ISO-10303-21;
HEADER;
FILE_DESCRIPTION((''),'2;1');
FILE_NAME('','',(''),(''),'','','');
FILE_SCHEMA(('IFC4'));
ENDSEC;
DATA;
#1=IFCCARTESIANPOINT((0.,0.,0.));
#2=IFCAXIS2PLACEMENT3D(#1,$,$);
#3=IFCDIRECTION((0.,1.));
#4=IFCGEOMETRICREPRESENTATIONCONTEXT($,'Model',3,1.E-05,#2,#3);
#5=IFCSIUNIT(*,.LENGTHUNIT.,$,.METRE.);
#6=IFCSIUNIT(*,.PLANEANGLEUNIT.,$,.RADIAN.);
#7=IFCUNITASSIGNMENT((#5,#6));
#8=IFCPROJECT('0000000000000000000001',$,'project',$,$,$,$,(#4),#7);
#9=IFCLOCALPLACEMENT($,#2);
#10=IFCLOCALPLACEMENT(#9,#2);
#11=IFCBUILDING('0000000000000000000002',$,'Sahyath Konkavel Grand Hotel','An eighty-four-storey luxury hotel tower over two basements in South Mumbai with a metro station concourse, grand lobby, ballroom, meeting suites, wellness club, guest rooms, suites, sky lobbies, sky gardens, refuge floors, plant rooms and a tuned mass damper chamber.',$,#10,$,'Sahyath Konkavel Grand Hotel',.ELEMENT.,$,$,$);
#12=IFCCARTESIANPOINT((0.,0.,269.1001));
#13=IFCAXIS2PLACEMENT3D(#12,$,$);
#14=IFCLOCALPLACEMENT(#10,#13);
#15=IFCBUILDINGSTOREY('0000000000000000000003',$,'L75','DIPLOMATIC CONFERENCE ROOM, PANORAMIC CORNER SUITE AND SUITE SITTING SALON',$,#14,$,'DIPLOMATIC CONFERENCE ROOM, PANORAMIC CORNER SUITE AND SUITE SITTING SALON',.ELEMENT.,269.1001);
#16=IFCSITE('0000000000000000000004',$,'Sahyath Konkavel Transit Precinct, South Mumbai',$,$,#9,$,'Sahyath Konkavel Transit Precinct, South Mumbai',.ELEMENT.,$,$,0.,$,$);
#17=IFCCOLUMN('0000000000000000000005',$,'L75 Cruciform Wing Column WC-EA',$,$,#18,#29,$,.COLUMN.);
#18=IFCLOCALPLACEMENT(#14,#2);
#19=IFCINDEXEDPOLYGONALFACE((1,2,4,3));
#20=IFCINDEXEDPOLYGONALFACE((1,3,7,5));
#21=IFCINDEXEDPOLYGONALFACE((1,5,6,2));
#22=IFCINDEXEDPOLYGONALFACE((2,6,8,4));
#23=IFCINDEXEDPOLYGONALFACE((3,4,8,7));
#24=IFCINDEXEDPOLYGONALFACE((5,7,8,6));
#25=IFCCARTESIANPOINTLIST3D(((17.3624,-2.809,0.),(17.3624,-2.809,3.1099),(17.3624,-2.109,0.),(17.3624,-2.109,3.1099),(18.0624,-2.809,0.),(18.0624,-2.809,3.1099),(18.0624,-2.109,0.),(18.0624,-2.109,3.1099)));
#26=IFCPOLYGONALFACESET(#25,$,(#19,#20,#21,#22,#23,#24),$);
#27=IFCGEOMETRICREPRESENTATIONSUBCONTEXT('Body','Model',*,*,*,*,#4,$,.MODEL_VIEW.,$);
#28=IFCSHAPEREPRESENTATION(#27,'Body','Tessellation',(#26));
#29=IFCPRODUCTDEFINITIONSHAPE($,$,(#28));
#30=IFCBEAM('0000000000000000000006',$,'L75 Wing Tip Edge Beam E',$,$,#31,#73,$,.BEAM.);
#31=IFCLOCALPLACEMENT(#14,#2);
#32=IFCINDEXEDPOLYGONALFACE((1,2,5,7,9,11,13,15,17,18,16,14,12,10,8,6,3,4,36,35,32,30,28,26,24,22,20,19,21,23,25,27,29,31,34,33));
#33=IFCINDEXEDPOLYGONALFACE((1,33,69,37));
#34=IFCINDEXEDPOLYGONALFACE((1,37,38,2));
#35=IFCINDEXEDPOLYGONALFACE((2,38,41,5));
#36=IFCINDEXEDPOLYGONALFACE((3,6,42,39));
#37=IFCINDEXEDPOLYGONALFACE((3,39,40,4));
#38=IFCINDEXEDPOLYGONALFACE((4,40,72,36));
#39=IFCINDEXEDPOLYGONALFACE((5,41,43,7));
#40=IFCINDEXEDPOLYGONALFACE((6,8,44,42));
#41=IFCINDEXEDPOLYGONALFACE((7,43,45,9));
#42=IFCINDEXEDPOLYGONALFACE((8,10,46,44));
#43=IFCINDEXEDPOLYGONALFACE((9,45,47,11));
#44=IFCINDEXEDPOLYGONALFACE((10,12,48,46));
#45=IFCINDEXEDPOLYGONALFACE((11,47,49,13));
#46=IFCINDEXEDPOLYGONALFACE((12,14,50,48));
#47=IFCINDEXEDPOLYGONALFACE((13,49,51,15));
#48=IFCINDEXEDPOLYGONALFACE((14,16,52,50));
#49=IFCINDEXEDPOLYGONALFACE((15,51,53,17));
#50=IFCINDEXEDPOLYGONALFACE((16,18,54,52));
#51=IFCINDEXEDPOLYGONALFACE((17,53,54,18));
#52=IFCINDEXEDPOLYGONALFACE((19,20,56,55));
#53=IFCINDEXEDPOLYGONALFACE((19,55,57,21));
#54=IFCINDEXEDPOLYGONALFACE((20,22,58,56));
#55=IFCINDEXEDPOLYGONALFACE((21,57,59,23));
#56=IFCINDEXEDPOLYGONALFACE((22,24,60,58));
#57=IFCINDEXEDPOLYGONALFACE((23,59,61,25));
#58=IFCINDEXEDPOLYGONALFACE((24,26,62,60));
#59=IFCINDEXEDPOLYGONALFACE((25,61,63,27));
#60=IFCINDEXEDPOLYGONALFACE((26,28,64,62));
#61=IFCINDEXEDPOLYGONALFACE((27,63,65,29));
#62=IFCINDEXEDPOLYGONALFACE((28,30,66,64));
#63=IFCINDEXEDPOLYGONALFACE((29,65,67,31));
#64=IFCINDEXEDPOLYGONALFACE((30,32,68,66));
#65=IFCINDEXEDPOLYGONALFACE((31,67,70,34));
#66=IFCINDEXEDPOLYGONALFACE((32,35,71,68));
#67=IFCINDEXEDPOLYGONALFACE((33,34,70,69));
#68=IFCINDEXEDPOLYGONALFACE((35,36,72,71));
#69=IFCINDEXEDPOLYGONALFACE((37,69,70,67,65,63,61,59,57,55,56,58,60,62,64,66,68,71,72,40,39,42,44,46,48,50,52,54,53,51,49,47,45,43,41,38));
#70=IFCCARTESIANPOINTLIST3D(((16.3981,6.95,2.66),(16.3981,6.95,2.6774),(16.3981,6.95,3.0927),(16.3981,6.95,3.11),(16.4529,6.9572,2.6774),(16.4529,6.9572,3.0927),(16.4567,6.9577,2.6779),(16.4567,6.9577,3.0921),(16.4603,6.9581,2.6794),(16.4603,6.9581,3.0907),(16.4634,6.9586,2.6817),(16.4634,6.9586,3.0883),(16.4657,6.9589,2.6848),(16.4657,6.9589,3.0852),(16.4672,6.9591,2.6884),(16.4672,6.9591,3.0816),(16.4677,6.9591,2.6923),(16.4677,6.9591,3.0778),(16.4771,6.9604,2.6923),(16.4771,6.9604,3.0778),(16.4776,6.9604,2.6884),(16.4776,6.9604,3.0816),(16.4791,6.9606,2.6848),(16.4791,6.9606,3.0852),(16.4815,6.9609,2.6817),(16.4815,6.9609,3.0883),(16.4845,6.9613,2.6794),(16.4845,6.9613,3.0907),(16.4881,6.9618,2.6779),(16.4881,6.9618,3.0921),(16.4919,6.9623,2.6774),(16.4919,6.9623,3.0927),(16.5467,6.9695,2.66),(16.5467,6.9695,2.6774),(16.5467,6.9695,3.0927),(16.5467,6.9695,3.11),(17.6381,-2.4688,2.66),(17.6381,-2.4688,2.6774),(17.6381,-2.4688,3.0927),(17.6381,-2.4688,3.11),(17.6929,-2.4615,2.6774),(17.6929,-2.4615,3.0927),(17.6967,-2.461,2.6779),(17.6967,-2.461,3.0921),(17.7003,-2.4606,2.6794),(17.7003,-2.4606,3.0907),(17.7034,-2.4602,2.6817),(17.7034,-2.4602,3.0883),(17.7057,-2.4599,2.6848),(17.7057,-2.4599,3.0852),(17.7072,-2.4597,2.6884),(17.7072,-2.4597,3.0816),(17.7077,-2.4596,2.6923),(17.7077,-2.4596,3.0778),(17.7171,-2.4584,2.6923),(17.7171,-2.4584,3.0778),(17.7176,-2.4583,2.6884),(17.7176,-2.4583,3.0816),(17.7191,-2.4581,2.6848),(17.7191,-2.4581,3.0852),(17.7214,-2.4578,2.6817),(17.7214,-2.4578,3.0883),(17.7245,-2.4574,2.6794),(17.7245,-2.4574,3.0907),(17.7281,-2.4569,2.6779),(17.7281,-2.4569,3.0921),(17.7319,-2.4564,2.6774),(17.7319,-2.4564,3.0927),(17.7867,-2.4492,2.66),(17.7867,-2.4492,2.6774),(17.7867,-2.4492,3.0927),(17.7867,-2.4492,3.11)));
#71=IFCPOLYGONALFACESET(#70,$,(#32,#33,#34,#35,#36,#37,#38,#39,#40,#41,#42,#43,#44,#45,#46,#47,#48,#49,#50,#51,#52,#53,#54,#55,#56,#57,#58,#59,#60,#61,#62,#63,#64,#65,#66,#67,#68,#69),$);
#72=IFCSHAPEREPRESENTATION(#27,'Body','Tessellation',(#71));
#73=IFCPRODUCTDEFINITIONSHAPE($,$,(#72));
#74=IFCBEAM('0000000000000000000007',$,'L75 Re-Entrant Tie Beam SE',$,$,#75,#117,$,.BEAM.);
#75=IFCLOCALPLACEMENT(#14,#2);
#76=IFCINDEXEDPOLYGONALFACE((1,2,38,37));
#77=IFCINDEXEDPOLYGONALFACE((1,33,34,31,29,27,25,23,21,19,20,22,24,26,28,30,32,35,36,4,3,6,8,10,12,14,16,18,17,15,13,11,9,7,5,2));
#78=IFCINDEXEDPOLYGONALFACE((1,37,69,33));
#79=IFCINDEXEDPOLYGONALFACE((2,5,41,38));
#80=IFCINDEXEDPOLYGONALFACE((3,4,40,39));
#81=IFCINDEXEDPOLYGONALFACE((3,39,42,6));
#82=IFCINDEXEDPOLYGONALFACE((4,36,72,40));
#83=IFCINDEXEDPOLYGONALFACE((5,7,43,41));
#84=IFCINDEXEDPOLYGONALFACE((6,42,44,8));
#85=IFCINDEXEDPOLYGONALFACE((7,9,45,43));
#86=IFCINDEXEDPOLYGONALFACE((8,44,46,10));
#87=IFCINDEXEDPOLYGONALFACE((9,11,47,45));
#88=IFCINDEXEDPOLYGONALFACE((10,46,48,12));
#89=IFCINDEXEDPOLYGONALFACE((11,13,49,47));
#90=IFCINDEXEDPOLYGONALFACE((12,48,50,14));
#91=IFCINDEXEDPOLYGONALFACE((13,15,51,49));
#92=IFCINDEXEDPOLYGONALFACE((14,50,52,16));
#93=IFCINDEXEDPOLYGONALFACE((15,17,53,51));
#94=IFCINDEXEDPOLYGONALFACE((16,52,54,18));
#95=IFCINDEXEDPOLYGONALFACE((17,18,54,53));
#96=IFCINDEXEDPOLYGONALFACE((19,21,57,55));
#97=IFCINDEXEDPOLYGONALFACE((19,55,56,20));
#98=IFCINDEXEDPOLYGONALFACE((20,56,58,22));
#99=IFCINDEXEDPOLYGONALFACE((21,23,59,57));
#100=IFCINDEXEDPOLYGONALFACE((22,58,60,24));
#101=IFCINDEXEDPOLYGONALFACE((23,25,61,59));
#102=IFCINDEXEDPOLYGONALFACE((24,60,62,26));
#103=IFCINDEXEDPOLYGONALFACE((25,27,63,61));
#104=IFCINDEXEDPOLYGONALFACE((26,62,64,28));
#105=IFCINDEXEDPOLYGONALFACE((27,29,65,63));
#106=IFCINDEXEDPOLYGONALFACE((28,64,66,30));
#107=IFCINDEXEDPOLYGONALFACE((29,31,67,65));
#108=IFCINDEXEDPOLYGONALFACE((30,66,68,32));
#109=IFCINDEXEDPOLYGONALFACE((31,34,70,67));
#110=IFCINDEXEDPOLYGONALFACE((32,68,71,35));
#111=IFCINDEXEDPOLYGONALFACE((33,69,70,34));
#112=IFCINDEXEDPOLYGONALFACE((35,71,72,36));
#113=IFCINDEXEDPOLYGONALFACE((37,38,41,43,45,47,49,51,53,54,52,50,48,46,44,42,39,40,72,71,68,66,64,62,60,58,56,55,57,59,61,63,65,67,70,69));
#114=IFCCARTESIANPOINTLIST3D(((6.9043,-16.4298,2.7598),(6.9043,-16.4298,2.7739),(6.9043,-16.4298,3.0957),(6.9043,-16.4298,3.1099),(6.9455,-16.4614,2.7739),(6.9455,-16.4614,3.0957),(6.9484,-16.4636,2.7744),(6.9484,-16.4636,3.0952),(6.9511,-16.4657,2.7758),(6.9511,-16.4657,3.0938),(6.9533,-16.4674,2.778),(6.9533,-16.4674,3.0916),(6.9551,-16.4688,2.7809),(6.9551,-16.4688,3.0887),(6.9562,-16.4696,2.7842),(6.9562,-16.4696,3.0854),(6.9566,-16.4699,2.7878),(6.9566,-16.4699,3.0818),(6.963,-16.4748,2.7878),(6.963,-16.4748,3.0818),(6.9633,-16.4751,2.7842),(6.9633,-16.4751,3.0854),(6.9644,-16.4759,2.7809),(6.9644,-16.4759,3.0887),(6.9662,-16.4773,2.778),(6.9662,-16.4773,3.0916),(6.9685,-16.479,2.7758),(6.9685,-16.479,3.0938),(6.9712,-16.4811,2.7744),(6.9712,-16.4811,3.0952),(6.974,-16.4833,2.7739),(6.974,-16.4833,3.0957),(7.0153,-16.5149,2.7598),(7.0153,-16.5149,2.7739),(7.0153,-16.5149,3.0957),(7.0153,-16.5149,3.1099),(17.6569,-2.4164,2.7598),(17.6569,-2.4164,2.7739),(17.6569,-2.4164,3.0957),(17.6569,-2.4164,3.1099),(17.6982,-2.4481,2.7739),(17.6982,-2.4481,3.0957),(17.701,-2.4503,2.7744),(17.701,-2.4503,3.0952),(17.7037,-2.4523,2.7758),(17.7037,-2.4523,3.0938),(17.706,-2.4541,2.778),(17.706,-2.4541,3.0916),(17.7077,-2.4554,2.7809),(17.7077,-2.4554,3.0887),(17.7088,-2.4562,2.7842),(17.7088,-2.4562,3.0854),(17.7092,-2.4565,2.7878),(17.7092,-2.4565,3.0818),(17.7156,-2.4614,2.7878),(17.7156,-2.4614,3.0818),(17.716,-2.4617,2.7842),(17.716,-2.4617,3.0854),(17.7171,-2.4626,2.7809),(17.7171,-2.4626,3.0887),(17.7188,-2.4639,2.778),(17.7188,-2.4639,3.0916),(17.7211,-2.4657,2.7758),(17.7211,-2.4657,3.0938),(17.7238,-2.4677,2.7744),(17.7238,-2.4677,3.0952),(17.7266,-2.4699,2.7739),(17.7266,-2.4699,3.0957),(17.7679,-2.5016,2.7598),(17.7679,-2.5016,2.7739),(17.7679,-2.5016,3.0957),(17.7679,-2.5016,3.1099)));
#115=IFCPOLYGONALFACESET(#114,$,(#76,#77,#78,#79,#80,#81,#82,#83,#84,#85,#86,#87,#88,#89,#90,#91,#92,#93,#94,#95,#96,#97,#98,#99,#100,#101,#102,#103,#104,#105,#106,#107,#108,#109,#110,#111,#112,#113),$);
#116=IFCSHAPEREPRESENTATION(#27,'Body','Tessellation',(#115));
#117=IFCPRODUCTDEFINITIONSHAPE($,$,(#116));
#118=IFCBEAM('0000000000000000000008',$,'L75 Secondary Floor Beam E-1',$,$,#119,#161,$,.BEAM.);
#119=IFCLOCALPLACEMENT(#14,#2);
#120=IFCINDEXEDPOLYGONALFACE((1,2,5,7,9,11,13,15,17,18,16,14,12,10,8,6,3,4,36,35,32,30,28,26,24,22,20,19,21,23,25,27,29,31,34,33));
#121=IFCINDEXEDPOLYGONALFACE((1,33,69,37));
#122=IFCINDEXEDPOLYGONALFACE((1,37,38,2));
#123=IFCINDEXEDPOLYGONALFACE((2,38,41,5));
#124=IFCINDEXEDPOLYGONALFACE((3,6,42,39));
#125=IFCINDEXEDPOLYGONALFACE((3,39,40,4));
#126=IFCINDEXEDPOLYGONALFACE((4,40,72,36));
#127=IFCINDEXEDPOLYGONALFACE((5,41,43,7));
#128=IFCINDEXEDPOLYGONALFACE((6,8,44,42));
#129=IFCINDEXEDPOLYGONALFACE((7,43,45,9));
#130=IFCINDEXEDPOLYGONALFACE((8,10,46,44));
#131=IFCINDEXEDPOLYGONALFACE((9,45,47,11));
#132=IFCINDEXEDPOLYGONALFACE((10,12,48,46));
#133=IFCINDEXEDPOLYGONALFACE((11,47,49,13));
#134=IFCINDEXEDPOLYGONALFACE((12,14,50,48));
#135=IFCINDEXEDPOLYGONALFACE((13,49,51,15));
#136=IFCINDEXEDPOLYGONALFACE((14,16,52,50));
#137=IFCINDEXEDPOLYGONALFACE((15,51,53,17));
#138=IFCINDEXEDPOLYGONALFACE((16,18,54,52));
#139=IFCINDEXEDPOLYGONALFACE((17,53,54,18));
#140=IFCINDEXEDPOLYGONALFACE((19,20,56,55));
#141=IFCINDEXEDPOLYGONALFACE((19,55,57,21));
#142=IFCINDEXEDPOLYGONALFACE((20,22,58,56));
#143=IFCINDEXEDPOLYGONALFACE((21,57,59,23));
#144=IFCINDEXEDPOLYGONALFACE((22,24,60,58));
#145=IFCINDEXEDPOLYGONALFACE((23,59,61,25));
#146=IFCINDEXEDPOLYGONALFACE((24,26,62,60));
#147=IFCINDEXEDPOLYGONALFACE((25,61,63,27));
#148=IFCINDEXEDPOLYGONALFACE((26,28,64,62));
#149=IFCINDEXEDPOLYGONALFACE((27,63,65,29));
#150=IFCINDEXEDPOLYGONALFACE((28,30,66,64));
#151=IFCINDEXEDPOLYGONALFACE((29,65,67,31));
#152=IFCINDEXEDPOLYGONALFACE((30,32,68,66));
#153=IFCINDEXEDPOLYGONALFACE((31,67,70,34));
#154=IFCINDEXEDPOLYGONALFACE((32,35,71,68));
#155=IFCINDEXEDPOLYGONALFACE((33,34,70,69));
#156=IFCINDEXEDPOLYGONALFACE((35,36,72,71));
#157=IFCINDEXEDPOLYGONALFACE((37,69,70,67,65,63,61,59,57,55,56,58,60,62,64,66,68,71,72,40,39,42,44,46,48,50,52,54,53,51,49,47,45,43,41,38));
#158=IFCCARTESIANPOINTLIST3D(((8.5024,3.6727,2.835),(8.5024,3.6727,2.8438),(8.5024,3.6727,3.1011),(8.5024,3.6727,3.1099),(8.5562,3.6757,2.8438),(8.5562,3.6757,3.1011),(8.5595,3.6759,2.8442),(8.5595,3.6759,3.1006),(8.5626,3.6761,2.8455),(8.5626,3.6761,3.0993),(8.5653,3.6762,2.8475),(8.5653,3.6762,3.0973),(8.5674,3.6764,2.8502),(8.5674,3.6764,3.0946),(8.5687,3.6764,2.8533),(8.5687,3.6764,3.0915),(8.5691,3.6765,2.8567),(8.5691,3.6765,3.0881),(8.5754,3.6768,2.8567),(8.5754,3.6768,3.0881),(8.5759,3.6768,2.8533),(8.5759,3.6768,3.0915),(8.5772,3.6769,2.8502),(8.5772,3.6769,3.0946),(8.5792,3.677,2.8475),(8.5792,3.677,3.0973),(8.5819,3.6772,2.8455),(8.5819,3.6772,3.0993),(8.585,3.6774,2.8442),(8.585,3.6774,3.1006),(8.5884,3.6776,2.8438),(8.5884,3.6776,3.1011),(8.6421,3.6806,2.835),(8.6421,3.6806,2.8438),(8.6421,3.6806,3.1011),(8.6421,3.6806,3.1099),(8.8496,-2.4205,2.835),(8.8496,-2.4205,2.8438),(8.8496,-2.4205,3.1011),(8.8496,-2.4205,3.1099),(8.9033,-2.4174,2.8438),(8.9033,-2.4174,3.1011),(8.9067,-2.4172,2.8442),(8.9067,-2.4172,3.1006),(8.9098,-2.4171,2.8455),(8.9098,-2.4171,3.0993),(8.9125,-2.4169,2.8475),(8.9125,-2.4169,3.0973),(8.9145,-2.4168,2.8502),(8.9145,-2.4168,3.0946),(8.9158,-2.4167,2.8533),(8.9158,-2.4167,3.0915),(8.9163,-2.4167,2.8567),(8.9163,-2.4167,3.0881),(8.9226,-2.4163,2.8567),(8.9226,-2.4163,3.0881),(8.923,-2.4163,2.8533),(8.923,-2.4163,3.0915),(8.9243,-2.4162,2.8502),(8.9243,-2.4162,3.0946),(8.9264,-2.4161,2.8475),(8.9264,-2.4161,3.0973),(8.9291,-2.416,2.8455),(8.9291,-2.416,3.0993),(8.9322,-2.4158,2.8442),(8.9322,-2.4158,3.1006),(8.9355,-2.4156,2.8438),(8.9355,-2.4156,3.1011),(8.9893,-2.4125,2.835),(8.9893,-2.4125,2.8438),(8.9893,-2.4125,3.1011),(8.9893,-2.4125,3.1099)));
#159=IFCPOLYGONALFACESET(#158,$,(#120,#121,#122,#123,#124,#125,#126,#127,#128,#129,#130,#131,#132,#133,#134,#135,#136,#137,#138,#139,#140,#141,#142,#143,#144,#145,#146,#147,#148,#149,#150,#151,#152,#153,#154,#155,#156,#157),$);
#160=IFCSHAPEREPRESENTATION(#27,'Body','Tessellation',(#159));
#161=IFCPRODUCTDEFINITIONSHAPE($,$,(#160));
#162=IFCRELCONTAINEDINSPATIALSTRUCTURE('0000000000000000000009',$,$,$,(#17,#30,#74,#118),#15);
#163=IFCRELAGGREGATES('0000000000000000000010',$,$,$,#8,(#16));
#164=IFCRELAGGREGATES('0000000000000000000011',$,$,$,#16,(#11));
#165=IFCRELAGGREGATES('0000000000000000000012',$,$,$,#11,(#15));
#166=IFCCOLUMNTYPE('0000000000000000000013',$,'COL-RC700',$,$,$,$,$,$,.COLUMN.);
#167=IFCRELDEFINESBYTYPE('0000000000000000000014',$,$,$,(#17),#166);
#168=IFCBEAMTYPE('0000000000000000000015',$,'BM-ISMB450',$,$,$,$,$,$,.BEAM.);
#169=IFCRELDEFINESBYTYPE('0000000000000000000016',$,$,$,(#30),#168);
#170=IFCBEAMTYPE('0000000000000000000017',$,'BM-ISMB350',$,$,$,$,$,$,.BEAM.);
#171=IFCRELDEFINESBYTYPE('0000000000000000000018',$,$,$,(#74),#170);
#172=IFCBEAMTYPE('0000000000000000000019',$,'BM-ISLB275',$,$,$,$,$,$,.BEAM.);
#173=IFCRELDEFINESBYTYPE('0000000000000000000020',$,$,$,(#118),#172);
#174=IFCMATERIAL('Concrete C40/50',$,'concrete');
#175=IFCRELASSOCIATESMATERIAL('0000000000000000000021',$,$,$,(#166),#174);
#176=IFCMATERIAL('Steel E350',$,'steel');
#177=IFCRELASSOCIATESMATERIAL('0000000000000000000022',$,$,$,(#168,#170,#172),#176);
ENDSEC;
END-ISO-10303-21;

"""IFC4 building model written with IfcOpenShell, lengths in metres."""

from ifc_helpers import new_model, si_unit, direction, frame, origin, origin_2d, place, context, subcontext, project, spatial, rectangle, i_section, extrude, source, transform, mapped, material, material_profile, profile_set, type_object, element, save


model = new_model("IFC4")

# Units and contexts
model_context = context("Model", 3, precision=1e-05, world=origin(), true_north=direction((0.0, 1.0)))
body_context = subcontext(model_context, "Body", "Model", "MODEL_VIEW")
ifc_project = project(units=[si_unit("LENGTHUNIT", "METRE"), si_unit("PLANEANGLEUNIT", "RADIAN")], contexts=[model_context])

# Site, building, storey
site_placement = place(None, origin())
site = spatial("IfcSite", under=ifc_project, at=site_placement, Name="Sahyath Konkavel Transit Precinct, South Mumbai", LongName="Sahyath Konkavel Transit Precinct, South Mumbai", CompositionType="ELEMENT", RefElevation=0.0)
building_placement = place(site_placement, origin())
building = spatial("IfcBuilding", under=site, at=building_placement, Name="Sahyath Konkavel Grand Hotel", Description="An eighty-four-storey luxury hotel tower over two basements in South Mumbai with a metro station concourse, grand lobby, ballroom, meeting suites, wellness club, guest rooms, suites, sky lobbies, sky gardens, refuge floors, plant rooms and a tuned mass damper chamber.", LongName="Sahyath Konkavel Grand Hotel", CompositionType="ELEMENT")
storey_placement = place(building_placement, frame((0.0, 0.0, 269.1001)))
storey = spatial("IfcBuildingStorey", under=building, at=storey_placement, Name="L75", Description="DIPLOMATIC CONFERENCE ROOM, PANORAMIC CORNER SUITE AND SUITE SITTING SALON", LongName="DIPLOMATIC CONFERENCE ROOM, PANORAMIC CORNER SUITE AND SUITE SITTING SALON", CompositionType="ELEMENT", Elevation=269.1001)

# Column
ifc_material_1 = material(Name="Concrete C40/50", Category="concrete")
ifc_material_profile_1 = material_profile(ifc_material_1, rectangle(XDim=0.7, YDim=0.7, at=origin_2d()), Name="RC 700x700")
ifc_profile_set_1 = profile_set([ifc_material_profile_1], Name="Concrete C40/50")
column_type = type_object("IfcColumnType", Name="COL-RC700", PredefinedType="COLUMN", material=ifc_profile_set_1)
shared_shape_1 = source(origin(), body_context, "Body", "SweptSolid", [
    extrude(rectangle(XDim=0.7, YDim=0.7, at=origin_2d()), origin(), (0.0, 0.0, 1.0), 3.1099),
])
column_placement = place(storey_placement, frame((17.7124, -2.459, 0.0), z_axis=(0.0, 0.0, 1.0), x_axis=(1.0, 0.0, 0.0)))
element("IfcColumn", 1, at=column_placement, inside=storey, type_object=column_type, Name="L75 Cruciform Wing Column WC-EA", PredefinedType="COLUMN", context=body_context, shape_type="MappedRepresentation", body=[
    mapped(shared_shape_1, transform((0.0, 0.0, 0.0), scale=1.0)),
])

# Beams
ifc_material_2 = material(Name="Steel E350", Category="steel")
ifc_material_profile_2 = material_profile(ifc_material_2, i_section(OverallWidth=0.1499, OverallDepth=0.45, WebThickness=0.0095, FlangeThickness=0.0173, FilletRadius=0.0149, at=origin_2d()), Name="ISMB 450")
ifc_profile_set_2 = profile_set([ifc_material_profile_2], Name="Steel E350")
beam_type_1 = type_object("IfcBeamType", Name="BM-ISMB450", PredefinedType="BEAM", material=ifc_profile_set_2)
shared_shape_2 = source(origin(), body_context, "Body", "SweptSolid", [
    extrude(i_section(OverallWidth=0.1499, OverallDepth=0.45, WebThickness=0.0095, FlangeThickness=0.0173, FilletRadius=0.0149, at=origin_2d()), origin(), (0.0, 0.0, 1.0), 9.5),
])
beam_1_placement = place(storey_placement, frame((17.7124, -2.459, 2.885), z_axis=(-0.130526, 0.991445, 0.0), x_axis=(-0.991445, -0.130526, 0.0)))
element("IfcBeam", 2, at=beam_1_placement, inside=storey, type_object=beam_type_1, Name="L75 Wing Tip Edge Beam E", PredefinedType="BEAM", context=body_context, shape_type="MappedRepresentation", body=[
    mapped(shared_shape_2, transform((0.0, 0.0, 0.0), scale=1.0)),
])
ifc_material_profile_3 = material_profile(ifc_material_2, i_section(OverallWidth=0.1399, OverallDepth=0.3501, WebThickness=0.0081, FlangeThickness=0.0142, FilletRadius=0.0139, at=origin_2d()), Name="ISMB 350")
ifc_profile_set_3 = profile_set([ifc_material_profile_3], Name="Steel E350")
beam_type_2 = type_object("IfcBeamType", Name="BM-ISMB350", PredefinedType="BEAM", material=ifc_profile_set_3)
shared_shape_3 = source(origin(), body_context, "Body", "SweptSolid", [
    extrude(i_section(OverallWidth=0.1399, OverallDepth=0.3501, WebThickness=0.0081, FlangeThickness=0.0142, FilletRadius=0.0139, at=origin_2d()), origin(), (0.0, 0.0, 1.0), 17.6633),
])
beam_2_placement = place(storey_placement, frame((17.7124, -2.459, 2.9348), z_axis=(-0.608754, -0.793359, 0.0), x_axis=(0.793359, -0.608754, 0.0)))
element("IfcBeam", 3, at=beam_2_placement, inside=storey, type_object=beam_type_2, Name="L75 Re-Entrant Tie Beam SE", PredefinedType="BEAM", context=body_context, shape_type="MappedRepresentation", body=[
    mapped(shared_shape_3, transform((0.0, 0.0, 0.0), scale=1.0)),
])
ifc_material_profile_4 = material_profile(ifc_material_2, i_section(OverallWidth=0.1399, OverallDepth=0.2749, WebThickness=0.0063, FlangeThickness=0.0088, FilletRadius=0.0129, at=origin_2d()), Name="ISLB 275")
ifc_profile_set_4 = profile_set([ifc_material_profile_4], Name="Steel E350")
beam_type_3 = type_object("IfcBeamType", Name="BM-ISLB275", PredefinedType="BEAM", material=ifc_profile_set_4)
shared_shape_4 = source(origin(), body_context, "Body", "SweptSolid", [
    extrude(i_section(OverallWidth=0.1399, OverallDepth=0.2749, WebThickness=0.0063, FlangeThickness=0.0088, FilletRadius=0.0129, at=origin_2d()), origin(), (0.0, 0.0, 1.0), 6.103),
])
beam_3_placement = place(storey_placement, frame((8.9194, -2.4165, 2.9724), z_axis=(-0.056883, 0.998381, 0.0), x_axis=(-0.998381, -0.056883, 0.0)))
element("IfcBeam", 4, at=beam_3_placement, inside=storey, type_object=beam_type_3, Name="L75 Secondary Floor Beam E-1", PredefinedType="BEAM", context=body_context, shape_type="MappedRepresentation", body=[
    mapped(shared_shape_4, transform((0.0, 0.0, 0.0), scale=1.0)),
])

save(model, "model.ifc")
